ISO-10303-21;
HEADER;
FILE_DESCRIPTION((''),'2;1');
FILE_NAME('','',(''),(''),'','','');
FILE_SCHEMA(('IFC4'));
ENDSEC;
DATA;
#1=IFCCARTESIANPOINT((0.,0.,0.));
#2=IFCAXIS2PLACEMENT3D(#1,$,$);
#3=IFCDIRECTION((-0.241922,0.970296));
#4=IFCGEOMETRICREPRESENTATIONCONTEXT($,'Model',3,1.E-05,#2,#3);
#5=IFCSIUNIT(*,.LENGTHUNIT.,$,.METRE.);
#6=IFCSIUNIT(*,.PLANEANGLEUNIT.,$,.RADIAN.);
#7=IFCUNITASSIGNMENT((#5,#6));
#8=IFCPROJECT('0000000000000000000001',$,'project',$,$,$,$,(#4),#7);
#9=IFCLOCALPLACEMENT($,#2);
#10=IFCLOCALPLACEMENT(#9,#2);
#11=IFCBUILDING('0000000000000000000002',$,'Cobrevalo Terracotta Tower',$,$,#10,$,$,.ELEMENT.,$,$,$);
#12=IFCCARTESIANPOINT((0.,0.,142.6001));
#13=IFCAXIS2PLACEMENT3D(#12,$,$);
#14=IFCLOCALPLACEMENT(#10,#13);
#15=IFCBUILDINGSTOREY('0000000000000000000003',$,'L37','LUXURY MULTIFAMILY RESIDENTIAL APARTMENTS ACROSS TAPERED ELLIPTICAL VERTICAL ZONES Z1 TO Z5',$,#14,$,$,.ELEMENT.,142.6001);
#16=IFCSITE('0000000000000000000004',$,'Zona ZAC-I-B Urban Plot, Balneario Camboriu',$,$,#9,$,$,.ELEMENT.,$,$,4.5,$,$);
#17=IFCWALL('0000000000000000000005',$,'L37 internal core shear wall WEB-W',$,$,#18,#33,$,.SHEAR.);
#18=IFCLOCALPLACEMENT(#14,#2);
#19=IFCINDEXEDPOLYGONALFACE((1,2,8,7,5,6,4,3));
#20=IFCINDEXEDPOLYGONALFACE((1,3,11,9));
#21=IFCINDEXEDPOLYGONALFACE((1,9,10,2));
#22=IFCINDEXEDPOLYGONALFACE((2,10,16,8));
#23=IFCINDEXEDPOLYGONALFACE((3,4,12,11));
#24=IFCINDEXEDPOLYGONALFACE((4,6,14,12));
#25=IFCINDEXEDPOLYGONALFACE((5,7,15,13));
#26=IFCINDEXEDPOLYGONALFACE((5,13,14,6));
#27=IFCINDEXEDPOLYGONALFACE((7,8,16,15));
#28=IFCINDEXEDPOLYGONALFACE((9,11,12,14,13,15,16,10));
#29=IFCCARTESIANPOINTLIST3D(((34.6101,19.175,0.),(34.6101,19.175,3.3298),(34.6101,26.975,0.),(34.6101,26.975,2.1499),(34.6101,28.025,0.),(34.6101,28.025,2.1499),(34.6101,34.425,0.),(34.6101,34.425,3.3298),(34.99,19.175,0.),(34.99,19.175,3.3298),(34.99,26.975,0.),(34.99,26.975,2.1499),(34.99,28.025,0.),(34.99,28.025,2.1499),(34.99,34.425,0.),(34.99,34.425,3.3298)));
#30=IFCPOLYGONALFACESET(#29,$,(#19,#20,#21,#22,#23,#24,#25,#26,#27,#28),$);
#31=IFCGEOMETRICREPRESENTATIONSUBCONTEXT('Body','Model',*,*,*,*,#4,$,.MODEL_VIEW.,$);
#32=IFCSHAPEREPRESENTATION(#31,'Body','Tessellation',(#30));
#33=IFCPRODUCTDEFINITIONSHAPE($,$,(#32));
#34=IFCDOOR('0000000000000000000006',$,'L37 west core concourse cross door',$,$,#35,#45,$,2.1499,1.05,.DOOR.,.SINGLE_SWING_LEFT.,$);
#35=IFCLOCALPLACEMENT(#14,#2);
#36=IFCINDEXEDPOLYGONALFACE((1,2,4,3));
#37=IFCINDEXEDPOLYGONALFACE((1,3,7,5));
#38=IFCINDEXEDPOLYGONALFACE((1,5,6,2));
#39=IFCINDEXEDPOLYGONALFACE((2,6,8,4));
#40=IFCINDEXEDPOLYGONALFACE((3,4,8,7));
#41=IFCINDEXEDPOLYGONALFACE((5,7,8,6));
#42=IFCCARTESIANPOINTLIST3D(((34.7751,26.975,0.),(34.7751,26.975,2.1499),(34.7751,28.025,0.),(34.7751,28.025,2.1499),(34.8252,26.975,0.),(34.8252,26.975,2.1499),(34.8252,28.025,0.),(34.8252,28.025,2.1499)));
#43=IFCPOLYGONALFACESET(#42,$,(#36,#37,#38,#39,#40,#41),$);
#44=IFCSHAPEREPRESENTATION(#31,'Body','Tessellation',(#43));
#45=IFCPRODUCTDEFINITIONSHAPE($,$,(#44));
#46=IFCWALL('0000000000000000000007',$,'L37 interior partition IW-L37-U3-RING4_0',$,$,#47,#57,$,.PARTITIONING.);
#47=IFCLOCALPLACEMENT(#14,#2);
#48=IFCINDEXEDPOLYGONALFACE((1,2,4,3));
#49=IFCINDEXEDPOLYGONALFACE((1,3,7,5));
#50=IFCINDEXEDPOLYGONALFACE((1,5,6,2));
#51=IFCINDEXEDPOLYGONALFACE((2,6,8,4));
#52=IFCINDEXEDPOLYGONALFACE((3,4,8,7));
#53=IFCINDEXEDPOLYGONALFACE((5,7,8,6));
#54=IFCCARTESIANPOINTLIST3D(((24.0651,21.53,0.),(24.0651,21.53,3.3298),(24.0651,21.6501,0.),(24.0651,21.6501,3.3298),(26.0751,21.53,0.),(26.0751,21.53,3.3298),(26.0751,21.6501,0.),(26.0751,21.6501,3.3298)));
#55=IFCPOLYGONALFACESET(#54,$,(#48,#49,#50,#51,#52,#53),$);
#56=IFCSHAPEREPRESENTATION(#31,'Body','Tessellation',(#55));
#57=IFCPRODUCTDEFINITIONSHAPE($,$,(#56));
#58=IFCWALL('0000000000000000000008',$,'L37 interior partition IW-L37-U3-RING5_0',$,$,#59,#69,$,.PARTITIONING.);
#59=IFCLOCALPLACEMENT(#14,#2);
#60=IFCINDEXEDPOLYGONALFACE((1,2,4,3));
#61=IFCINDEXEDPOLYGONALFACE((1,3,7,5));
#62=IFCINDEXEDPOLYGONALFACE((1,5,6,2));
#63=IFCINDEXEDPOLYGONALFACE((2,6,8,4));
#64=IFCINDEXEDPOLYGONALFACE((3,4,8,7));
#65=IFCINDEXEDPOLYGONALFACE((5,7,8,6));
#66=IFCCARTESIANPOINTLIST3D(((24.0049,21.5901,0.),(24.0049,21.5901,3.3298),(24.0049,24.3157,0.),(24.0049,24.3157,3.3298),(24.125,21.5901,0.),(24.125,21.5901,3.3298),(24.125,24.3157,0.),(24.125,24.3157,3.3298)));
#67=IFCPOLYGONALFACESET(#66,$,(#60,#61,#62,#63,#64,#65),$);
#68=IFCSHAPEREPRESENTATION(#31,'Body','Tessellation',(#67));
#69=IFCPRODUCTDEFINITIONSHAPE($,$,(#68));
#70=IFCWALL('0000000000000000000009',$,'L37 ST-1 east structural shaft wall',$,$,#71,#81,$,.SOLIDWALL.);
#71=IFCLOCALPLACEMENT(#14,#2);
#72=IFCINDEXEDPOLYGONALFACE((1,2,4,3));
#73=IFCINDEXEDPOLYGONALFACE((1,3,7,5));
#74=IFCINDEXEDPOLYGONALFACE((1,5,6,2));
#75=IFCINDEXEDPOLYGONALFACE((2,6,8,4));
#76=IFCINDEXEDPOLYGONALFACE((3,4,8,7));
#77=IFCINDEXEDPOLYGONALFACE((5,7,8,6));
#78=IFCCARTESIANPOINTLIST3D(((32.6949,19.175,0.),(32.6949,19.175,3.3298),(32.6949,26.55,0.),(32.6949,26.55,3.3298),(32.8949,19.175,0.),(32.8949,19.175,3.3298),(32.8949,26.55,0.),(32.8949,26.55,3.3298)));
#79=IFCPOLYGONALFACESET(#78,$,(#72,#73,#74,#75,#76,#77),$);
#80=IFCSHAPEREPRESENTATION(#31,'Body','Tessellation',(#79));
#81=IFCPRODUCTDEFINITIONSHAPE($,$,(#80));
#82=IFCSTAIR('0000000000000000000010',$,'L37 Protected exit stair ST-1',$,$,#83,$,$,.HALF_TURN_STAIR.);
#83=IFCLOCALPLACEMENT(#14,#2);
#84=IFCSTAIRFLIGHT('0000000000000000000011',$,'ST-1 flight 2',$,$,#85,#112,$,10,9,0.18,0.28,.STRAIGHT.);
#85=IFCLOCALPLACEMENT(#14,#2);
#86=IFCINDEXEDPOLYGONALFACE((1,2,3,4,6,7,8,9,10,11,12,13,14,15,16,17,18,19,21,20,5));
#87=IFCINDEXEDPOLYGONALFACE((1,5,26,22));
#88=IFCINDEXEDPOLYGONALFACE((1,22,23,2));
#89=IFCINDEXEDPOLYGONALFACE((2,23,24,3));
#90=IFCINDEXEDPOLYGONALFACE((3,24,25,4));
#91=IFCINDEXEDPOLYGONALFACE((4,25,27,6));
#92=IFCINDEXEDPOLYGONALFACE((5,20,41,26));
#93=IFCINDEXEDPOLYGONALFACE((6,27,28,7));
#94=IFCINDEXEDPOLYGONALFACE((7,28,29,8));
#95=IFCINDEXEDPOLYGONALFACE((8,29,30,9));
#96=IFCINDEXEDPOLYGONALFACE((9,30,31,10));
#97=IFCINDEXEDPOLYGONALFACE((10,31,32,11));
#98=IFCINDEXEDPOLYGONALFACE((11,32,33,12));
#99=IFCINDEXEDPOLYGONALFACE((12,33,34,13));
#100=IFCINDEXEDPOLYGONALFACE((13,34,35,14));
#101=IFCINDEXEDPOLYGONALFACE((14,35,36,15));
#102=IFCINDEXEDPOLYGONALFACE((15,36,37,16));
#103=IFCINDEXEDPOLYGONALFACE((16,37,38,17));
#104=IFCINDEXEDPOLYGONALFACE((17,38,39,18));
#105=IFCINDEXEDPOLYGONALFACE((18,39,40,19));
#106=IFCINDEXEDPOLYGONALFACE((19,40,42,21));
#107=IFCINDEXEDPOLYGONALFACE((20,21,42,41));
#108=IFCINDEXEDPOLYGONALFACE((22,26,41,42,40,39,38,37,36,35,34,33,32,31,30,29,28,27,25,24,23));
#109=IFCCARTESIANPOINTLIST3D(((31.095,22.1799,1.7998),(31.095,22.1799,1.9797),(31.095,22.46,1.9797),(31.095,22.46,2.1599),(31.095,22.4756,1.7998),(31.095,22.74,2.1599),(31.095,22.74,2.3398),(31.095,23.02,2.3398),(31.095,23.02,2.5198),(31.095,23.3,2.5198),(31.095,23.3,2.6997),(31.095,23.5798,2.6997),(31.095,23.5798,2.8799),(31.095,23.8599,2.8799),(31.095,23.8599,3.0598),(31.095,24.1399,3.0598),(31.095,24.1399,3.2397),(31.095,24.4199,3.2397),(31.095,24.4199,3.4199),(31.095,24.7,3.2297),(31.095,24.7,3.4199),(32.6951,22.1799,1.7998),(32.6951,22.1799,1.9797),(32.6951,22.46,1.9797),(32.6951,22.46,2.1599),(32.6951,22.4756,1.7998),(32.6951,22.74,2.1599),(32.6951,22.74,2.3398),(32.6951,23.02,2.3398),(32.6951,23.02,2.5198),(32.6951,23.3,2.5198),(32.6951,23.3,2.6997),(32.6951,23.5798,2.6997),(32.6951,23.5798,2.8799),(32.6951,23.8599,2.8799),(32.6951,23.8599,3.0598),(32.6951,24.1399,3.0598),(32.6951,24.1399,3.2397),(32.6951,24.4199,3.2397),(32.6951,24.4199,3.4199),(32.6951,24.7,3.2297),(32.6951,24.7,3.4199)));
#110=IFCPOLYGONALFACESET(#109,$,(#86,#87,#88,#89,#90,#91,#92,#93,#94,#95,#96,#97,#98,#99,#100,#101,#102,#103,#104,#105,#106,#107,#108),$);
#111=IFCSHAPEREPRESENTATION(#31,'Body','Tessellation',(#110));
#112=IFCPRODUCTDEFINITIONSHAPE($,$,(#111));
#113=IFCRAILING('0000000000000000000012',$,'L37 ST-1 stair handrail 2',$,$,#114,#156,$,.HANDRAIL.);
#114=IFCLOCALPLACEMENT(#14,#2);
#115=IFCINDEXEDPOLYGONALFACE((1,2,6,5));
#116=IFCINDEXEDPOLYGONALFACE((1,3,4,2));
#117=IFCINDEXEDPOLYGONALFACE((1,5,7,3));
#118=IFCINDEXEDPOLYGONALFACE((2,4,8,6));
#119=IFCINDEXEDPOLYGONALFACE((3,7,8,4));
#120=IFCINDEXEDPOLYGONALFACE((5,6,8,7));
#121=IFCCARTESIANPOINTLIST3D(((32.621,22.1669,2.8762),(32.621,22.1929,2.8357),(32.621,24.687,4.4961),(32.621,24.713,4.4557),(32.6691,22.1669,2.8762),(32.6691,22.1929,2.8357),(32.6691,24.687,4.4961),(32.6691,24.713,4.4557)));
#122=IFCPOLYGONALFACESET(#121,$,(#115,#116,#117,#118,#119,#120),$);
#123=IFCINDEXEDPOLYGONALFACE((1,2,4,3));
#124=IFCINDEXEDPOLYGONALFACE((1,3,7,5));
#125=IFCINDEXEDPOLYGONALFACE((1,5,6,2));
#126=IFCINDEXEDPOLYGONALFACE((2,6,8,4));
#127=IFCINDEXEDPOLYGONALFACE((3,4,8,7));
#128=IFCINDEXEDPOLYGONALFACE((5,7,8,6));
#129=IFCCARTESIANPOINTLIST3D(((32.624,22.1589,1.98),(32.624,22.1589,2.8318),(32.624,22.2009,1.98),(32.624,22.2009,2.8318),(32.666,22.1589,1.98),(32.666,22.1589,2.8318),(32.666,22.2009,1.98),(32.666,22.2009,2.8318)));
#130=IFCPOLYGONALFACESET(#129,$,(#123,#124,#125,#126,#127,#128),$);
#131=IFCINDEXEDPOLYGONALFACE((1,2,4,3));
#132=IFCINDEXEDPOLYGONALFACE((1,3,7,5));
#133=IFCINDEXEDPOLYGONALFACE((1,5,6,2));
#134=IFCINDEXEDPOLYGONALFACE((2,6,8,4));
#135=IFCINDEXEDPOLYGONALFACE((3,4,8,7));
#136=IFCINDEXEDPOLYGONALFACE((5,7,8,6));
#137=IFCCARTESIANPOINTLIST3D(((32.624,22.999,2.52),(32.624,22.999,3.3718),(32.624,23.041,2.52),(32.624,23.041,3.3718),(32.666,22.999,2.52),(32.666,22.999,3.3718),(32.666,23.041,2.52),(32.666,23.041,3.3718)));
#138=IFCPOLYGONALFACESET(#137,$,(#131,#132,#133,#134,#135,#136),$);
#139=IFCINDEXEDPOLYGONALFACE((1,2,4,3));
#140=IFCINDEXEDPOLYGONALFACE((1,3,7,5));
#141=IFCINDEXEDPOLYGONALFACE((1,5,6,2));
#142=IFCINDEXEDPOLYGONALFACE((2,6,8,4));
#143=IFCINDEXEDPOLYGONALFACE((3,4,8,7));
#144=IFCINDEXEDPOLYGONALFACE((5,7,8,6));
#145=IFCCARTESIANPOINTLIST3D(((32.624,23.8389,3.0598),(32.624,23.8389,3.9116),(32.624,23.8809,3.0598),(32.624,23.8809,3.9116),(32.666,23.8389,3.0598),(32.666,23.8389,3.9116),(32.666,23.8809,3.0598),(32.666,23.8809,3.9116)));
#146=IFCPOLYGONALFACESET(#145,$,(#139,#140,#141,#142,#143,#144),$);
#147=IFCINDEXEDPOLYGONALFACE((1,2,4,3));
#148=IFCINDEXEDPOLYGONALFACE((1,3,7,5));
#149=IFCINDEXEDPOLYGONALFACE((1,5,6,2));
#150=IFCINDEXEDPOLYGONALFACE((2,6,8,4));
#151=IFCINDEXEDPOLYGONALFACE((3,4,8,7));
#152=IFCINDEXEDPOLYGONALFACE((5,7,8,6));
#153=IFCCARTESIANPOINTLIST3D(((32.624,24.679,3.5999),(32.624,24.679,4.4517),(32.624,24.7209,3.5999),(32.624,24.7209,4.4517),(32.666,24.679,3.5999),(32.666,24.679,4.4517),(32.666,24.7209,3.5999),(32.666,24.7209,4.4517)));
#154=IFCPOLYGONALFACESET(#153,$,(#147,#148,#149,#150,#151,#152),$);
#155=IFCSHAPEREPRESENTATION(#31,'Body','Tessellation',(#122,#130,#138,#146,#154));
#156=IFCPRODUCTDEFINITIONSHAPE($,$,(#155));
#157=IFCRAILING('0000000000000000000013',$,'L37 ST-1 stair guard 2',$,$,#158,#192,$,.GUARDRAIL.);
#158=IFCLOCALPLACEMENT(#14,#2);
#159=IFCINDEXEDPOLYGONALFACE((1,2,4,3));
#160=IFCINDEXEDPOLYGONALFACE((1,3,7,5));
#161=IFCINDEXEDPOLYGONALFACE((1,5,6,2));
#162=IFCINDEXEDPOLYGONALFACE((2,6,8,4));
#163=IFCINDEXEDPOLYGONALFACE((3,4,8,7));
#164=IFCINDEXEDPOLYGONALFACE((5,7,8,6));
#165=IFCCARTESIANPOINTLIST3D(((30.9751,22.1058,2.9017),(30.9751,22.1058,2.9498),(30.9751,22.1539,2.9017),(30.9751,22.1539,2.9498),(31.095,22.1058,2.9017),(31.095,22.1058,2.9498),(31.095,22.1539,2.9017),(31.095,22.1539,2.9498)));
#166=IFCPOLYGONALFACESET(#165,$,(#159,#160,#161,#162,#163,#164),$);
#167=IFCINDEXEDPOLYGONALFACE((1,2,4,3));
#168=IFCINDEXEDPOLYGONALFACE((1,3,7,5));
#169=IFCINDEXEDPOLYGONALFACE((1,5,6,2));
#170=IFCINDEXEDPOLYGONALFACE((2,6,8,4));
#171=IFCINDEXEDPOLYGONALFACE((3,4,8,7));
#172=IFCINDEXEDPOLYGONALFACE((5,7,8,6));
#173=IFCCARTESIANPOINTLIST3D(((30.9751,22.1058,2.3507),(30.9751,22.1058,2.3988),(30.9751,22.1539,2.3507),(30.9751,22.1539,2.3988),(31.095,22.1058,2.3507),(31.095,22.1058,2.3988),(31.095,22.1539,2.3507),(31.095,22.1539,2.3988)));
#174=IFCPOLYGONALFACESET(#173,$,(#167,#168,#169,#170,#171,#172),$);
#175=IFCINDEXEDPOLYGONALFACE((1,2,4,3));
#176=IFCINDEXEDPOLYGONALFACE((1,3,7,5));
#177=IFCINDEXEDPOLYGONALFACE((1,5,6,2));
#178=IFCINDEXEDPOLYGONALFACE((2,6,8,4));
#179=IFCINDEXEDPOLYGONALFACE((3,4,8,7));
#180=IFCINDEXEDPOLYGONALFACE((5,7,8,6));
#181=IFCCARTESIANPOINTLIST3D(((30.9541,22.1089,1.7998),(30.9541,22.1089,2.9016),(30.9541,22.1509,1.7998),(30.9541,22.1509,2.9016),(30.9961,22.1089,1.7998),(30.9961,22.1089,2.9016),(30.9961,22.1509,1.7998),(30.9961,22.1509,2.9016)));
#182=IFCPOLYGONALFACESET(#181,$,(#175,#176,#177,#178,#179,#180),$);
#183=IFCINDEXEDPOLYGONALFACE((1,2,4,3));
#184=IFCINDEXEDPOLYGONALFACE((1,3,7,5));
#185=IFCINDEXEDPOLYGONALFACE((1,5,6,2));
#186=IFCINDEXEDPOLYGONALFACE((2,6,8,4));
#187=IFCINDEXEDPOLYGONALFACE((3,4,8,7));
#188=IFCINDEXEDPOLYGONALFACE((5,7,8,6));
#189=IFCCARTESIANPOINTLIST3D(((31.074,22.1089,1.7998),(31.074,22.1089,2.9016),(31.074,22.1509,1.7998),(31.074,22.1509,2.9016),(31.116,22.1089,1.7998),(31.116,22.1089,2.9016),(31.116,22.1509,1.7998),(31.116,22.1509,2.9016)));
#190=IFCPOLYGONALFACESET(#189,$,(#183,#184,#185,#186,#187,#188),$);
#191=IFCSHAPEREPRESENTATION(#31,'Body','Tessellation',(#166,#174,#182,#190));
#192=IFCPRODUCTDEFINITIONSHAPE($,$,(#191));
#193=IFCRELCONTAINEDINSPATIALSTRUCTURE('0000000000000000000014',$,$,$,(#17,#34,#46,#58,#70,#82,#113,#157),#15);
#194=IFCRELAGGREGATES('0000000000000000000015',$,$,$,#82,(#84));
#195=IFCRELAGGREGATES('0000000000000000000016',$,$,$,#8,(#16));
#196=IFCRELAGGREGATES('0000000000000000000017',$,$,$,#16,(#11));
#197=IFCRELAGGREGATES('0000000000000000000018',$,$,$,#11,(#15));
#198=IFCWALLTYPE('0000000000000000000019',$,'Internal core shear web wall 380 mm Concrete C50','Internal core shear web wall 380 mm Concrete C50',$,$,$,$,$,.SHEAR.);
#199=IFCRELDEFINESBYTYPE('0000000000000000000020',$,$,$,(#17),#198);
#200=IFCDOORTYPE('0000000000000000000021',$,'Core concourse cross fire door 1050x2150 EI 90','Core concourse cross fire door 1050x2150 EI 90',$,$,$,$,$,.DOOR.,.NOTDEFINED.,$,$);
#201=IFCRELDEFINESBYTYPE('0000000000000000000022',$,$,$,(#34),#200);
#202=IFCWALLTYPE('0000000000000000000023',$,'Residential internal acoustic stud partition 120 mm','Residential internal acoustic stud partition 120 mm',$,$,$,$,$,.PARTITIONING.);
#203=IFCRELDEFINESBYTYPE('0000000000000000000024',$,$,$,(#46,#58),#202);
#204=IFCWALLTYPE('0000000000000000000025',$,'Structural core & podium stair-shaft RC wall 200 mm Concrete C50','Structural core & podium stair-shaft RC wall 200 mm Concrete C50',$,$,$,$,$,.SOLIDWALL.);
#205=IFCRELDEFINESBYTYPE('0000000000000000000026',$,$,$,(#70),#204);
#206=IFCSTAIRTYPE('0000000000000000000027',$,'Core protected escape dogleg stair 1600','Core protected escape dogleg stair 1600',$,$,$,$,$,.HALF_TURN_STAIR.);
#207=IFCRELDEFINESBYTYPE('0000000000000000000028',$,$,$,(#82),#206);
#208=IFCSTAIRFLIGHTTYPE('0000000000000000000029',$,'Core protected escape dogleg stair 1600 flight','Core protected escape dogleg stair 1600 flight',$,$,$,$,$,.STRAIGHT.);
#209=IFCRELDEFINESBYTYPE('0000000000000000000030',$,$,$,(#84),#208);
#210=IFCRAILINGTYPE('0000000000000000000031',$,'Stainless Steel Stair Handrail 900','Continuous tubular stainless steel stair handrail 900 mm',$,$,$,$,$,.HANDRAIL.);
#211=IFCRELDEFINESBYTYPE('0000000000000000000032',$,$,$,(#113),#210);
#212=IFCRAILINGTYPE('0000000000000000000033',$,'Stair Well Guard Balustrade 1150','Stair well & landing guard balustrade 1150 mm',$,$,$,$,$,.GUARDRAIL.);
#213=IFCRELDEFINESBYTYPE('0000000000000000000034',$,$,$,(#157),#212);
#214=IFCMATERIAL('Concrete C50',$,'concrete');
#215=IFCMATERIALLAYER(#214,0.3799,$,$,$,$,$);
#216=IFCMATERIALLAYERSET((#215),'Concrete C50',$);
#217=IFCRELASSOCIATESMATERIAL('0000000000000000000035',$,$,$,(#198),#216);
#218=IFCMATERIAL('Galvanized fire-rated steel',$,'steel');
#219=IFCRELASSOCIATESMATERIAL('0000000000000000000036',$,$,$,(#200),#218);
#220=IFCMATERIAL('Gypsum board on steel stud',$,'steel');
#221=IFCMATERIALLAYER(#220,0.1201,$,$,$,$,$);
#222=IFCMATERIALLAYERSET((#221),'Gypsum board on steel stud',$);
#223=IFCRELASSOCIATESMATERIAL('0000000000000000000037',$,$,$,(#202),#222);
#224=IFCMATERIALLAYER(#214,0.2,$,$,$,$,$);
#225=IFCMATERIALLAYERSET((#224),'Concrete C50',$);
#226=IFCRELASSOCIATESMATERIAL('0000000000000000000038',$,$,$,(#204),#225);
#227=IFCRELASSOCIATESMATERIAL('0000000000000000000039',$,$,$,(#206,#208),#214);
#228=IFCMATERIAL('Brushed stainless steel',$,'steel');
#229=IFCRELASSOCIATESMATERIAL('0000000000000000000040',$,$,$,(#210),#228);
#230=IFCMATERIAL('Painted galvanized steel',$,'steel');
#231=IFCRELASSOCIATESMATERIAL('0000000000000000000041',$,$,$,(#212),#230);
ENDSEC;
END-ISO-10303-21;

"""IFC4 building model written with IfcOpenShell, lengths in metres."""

from ifc_helpers import new_model, si_unit, direction, frame, frame_2d, origin, origin_2d, place, context, subcontext, project, spatial, polyline, rectangle, outline, extrude, source, transform, mapped, material, layer, layer_set, type_object, element, fill, aggregate, save


model = new_model("IFC4")

# Units and contexts
model_context = context("Model", 3, precision=1e-05, world=origin(), true_north=direction((-0.241922, 0.970296)))
body_context = subcontext(model_context, "Body", "Model", "MODEL_VIEW")
ifc_project = project(units=[si_unit("LENGTHUNIT", "METRE"), si_unit("PLANEANGLEUNIT", "RADIAN")], contexts=[model_context])

# Site, building, storey
site_placement = place(None, origin())
site = spatial("IfcSite", under=ifc_project, at=site_placement, Name="Zona ZAC-I-B Urban Plot, Balneario Camboriu", CompositionType="ELEMENT", RefElevation=4.5)
building_placement = place(site_placement, origin())
building = spatial("IfcBuilding", under=site, at=building_placement, Name="Cobrevalo Terracotta Tower", CompositionType="ELEMENT")
storey_placement = place(building_placement, frame((0.0, 0.0, 142.6001)))
storey = spatial("IfcBuildingStorey", under=building, at=storey_placement, Name="L37", Description="LUXURY MULTIFAMILY RESIDENTIAL APARTMENTS ACROSS TAPERED ELLIPTICAL VERTICAL ZONES Z1 TO Z5", CompositionType="ELEMENT", Elevation=142.6001)

# Wall, opening, door
ifc_material_1 = material(Name="Galvanized fire-rated steel", Category="steel")
ifc_material_2 = material(Name="Gypsum board on steel stud", Category="steel")
ifc_material_3 = material(Name="Concrete C50", Category="concrete")
ifc_layer_1 = layer(ifc_material_3, 0.3799)
ifc_layer_set_1 = layer_set([ifc_layer_1], Name="Concrete C50")
wall_type_1 = type_object("IfcWallType", Name="Internal core shear web wall 380 mm Concrete C50", Description="Internal core shear web wall 380 mm Concrete C50", PredefinedType="SHEAR", material=ifc_layer_set_1)
wall_1_placement = place(storey_placement, frame((34.8, 19.175, 0.0), z_axis=(0.0, 0.0, 1.0), x_axis=(0.0, 1.0, 0.0)))
wall_1 = element("IfcWall", 1, at=wall_1_placement, inside=storey, type_object=wall_type_1, Name="L37 internal core shear wall WEB-W", PredefinedType="SHEAR", context=body_context, shape_type="SweptSolid", body=[
    extrude(rectangle(XDim=15.25, YDim=0.3799, at=frame_2d((7.625, 0.0))), origin(), (0.0, 0.0, 1.0), 3.3298),
])
opening_1_placement = place(wall_1_placement, frame((7.8, 0.0, 0.0)))
opening_1 = element("IfcOpeningElement", 2, at=opening_1_placement, cuts=wall_1, PredefinedType="OPENING", context=body_context, shape_type="SweptSolid", body=[
    extrude(rectangle(XDim=1.05, YDim=2.1499, at=frame_2d((0.5249, 1.075))), frame((0.0, 0.2, 0.0), z_axis=(0.0, -1.0, 0.0), x_axis=(1.0, 0.0, 0.0)), (0.0, 0.0, 1.0), 0.3999),
])
door_type_1 = type_object("IfcDoorType", Name="Core concourse cross fire door 1050x2150 EI 90", Description="Core concourse cross fire door 1050x2150 EI 90", OperationType="NOTDEFINED", PredefinedType="DOOR", material=ifc_material_1)
shared_shape_1 = source(origin(), body_context, "Body", "SweptSolid", [
    extrude(rectangle(XDim=1.05, YDim=2.1499, at=frame_2d((0.5249, 1.075))), frame((0.0, 0.0249, 0.0), z_axis=(0.0, -1.0, 0.0), x_axis=(1.0, 0.0, 0.0)), (0.0, 0.0, 1.0), 0.05),
])
door_1_placement = place(opening_1_placement, origin())
door_1 = element("IfcDoor", 3, at=door_1_placement, inside=storey, type_object=door_type_1, Name="L37 west core concourse cross door", OperationType="SINGLE_SWING_LEFT", OverallHeight=2.1499, OverallWidth=1.05, PredefinedType="DOOR", context=body_context, shape_type="MappedRepresentation", body=[
    mapped(shared_shape_1, transform((0.0, 0.0, 0.0), scale=1.0)),
])
fill(opening_1, door_1)

# Walls
ifc_layer_2 = layer(ifc_material_2, 0.1201)
ifc_layer_set_2 = layer_set([ifc_layer_2], Name="Gypsum board on steel stud")
wall_type_2 = type_object("IfcWallType", Name="Residential internal acoustic stud partition 120 mm", Description="Residential internal acoustic stud partition 120 mm", PredefinedType="PARTITIONING", material=ifc_layer_set_2)
wall_2_placement = place(storey_placement, frame((26.075, 21.5901, 0.0), z_axis=(0.0, 0.0, 1.0), x_axis=(-1.0, 0.0, 0.0)))
element("IfcWall", 4, at=wall_2_placement, inside=storey, type_object=wall_type_2, Name="L37 interior partition IW-L37-U3-RING4_0", PredefinedType="PARTITIONING", context=body_context, shape_type="SweptSolid", body=[
    extrude(rectangle(XDim=2.01, YDim=0.1201, at=frame_2d((1.0049, 0.0))), origin(), (0.0, 0.0, 1.0), 3.3298),
])
wall_3_placement = place(storey_placement, frame((24.0649, 21.5901, 0.0), z_axis=(0.0, 0.0, 1.0), x_axis=(0.0, 1.0, 0.0)))
element("IfcWall", 5, at=wall_3_placement, inside=storey, type_object=wall_type_2, Name="L37 interior partition IW-L37-U3-RING5_0", PredefinedType="PARTITIONING", context=body_context, shape_type="SweptSolid", body=[
    extrude(rectangle(XDim=2.7256, YDim=0.1201, at=frame_2d((1.3628, 0.0))), origin(), (0.0, 0.0, 1.0), 3.3298),
])

# Wall
ifc_layer_3 = layer(ifc_material_3, 0.2)
ifc_layer_set_3 = layer_set([ifc_layer_3], Name="Concrete C50")
wall_type_3 = type_object("IfcWallType", Name="Structural core & podium stair-shaft RC wall 200 mm Concrete C50", Description="Structural core & podium stair-shaft RC wall 200 mm Concrete C50", PredefinedType="SOLIDWALL", material=ifc_layer_set_3)
wall_4_placement = place(storey_placement, frame((32.7949, 19.175, 0.0), z_axis=(0.0, 0.0, 1.0), x_axis=(0.0, 1.0, 0.0)))
element("IfcWall", 6, at=wall_4_placement, inside=storey, type_object=wall_type_3, Name="L37 ST-1 east structural shaft wall", PredefinedType="SOLIDWALL", context=body_context, shape_type="SweptSolid", body=[
    extrude(rectangle(XDim=7.375, YDim=0.2, at=frame_2d((3.6875, 0.0))), origin(), (0.0, 0.0, 1.0), 3.3298),
])

# Stair, stair flight
stair_type = type_object("IfcStairType", Name="Core protected escape dogleg stair 1600", Description="Core protected escape dogleg stair 1600", PredefinedType="HALF_TURN_STAIR", material=ifc_material_3)
stair_placement = place(storey_placement, origin())
stair = element("IfcStair", 7, at=stair_placement, inside=storey, type_object=stair_type, Name="L37 Protected exit stair ST-1", PredefinedType="HALF_TURN_STAIR")
stair_flight_type = type_object("IfcStairFlightType", Name="Core protected escape dogleg stair 1600 flight", Description="Core protected escape dogleg stair 1600 flight", PredefinedType="STRAIGHT", material=ifc_material_3)
stair_flight_placement = place(storey_placement, frame((31.895, 22.1799, 1.7998), z_axis=(0.0, 0.0, 1.0), x_axis=(0.0, 1.0, 0.0)))
stair_flight = element("IfcStairFlight", 8, at=stair_flight_placement, type_object=stair_flight_type, Name="ST-1 flight 2", NumberOfRisers=10, NumberOfTreads=9, PredefinedType="STRAIGHT", RiserHeight=0.18, TreadLength=0.28, context=body_context, shape_type="SweptSolid", body=[
    extrude(outline(polyline([(0.0, 0.0), (0.0, 0.1799), (0.28, 0.1799), (0.28, 0.3601), (0.5601, 0.3601), (0.5601, 0.54), (0.8401, 0.54), (0.8401, 0.72), (1.1201, 0.72), (1.1201, 0.8999), (1.3999, 0.8999), (1.3999, 1.0801), (1.6799, 1.0801), (1.6799, 1.26), (1.96, 1.26), (1.96, 1.4399), (2.24, 1.4399), (2.24, 1.6201), (2.52, 1.6201), (2.52, 1.8), (2.52, 1.4299), (0.2957, 0.0), (0.0, 0.0)])), frame((0.0, 0.8, 0.0), z_axis=(0.0, -1.0, 0.0), x_axis=(1.0, 0.0, 0.0)), (0.0, 0.0, 1.0), 1.6001),
])
aggregate(stair, [stair_flight])

# Railings
ifc_material_4 = material(Name="Brushed stainless steel", Category="steel")
railing_type_1 = type_object("IfcRailingType", Name="Stainless Steel Stair Handrail 900", Description="Continuous tubular stainless steel stair handrail 900 mm", PredefinedType="HANDRAIL", material=ifc_material_4)
railing_1_placement = place(storey_placement, frame((32.645, 22.1799, 1.98)))
element("IfcRailing", 9, at=railing_1_placement, inside=storey, type_object=railing_type_1, Name="L37 ST-1 stair handrail 2", PredefinedType="HANDRAIL", context=body_context, shape_type="SweptSolid", body=[
    extrude(rectangle(XDim=0.0481, YDim=0.0481, at=origin_2d()), frame((0.0, 0.0, 0.876), z_axis=(0.0, 0.8412, 0.540725), x_axis=(-1.0, 0.0, 0.0)), (0.0, 0.0, 1.0), 2.9958),
    extrude(rectangle(XDim=0.042, YDim=0.042, at=origin_2d()), origin(), (0.0, 0.0, 1.0), 0.8518),
    extrude(rectangle(XDim=0.042, YDim=0.042, at=origin_2d()), frame((0.0, 0.8401, 0.54)), (0.0, 0.0, 1.0), 0.8518),
    extrude(rectangle(XDim=0.042, YDim=0.042, at=origin_2d()), frame((0.0, 1.6799, 1.0798)), (0.0, 0.0, 1.0), 0.8518),
    extrude(rectangle(XDim=0.042, YDim=0.042, at=origin_2d()), frame((0.0, 2.52, 1.6199)), (0.0, 0.0, 1.0), 0.8518),
])
ifc_material_5 = material(Name="Painted galvanized steel", Category="steel")
railing_type_2 = type_object("IfcRailingType", Name="Stair Well Guard Balustrade 1150", Description="Stair well & landing guard balustrade 1150 mm", PredefinedType="GUARDRAIL", material=ifc_material_5)
railing_2_placement = place(storey_placement, frame((30.9751, 22.1299, 1.7998)))
element("IfcRailing", 10, at=railing_2_placement, inside=storey, type_object=railing_type_2, Name="L37 ST-1 stair guard 2", PredefinedType="GUARDRAIL", context=body_context, shape_type="SweptSolid", body=[
    extrude(rectangle(XDim=0.0481, YDim=0.0481, at=origin_2d()), frame((0.0, 0.0, 1.126), z_axis=(1.0, 0.0, 0.0), x_axis=(0.0, 1.0, 0.0)), (0.0, 0.0, 1.0), 0.1199),
    extrude(rectangle(XDim=0.0481, YDim=0.0481, at=origin_2d()), frame((0.0, 0.0, 0.575), z_axis=(1.0, 0.0, 0.0), x_axis=(0.0, 1.0, 0.0)), (0.0, 0.0, 1.0), 0.1199),
    extrude(rectangle(XDim=0.042, YDim=0.042, at=origin_2d()), origin(), (0.0, 0.0, 1.0), 1.1018),
    extrude(rectangle(XDim=0.042, YDim=0.042, at=origin_2d()), frame((0.1199, 0.0, 0.0)), (0.0, 0.0, 1.0), 1.1018),
])

save(model, "model.ifc")
